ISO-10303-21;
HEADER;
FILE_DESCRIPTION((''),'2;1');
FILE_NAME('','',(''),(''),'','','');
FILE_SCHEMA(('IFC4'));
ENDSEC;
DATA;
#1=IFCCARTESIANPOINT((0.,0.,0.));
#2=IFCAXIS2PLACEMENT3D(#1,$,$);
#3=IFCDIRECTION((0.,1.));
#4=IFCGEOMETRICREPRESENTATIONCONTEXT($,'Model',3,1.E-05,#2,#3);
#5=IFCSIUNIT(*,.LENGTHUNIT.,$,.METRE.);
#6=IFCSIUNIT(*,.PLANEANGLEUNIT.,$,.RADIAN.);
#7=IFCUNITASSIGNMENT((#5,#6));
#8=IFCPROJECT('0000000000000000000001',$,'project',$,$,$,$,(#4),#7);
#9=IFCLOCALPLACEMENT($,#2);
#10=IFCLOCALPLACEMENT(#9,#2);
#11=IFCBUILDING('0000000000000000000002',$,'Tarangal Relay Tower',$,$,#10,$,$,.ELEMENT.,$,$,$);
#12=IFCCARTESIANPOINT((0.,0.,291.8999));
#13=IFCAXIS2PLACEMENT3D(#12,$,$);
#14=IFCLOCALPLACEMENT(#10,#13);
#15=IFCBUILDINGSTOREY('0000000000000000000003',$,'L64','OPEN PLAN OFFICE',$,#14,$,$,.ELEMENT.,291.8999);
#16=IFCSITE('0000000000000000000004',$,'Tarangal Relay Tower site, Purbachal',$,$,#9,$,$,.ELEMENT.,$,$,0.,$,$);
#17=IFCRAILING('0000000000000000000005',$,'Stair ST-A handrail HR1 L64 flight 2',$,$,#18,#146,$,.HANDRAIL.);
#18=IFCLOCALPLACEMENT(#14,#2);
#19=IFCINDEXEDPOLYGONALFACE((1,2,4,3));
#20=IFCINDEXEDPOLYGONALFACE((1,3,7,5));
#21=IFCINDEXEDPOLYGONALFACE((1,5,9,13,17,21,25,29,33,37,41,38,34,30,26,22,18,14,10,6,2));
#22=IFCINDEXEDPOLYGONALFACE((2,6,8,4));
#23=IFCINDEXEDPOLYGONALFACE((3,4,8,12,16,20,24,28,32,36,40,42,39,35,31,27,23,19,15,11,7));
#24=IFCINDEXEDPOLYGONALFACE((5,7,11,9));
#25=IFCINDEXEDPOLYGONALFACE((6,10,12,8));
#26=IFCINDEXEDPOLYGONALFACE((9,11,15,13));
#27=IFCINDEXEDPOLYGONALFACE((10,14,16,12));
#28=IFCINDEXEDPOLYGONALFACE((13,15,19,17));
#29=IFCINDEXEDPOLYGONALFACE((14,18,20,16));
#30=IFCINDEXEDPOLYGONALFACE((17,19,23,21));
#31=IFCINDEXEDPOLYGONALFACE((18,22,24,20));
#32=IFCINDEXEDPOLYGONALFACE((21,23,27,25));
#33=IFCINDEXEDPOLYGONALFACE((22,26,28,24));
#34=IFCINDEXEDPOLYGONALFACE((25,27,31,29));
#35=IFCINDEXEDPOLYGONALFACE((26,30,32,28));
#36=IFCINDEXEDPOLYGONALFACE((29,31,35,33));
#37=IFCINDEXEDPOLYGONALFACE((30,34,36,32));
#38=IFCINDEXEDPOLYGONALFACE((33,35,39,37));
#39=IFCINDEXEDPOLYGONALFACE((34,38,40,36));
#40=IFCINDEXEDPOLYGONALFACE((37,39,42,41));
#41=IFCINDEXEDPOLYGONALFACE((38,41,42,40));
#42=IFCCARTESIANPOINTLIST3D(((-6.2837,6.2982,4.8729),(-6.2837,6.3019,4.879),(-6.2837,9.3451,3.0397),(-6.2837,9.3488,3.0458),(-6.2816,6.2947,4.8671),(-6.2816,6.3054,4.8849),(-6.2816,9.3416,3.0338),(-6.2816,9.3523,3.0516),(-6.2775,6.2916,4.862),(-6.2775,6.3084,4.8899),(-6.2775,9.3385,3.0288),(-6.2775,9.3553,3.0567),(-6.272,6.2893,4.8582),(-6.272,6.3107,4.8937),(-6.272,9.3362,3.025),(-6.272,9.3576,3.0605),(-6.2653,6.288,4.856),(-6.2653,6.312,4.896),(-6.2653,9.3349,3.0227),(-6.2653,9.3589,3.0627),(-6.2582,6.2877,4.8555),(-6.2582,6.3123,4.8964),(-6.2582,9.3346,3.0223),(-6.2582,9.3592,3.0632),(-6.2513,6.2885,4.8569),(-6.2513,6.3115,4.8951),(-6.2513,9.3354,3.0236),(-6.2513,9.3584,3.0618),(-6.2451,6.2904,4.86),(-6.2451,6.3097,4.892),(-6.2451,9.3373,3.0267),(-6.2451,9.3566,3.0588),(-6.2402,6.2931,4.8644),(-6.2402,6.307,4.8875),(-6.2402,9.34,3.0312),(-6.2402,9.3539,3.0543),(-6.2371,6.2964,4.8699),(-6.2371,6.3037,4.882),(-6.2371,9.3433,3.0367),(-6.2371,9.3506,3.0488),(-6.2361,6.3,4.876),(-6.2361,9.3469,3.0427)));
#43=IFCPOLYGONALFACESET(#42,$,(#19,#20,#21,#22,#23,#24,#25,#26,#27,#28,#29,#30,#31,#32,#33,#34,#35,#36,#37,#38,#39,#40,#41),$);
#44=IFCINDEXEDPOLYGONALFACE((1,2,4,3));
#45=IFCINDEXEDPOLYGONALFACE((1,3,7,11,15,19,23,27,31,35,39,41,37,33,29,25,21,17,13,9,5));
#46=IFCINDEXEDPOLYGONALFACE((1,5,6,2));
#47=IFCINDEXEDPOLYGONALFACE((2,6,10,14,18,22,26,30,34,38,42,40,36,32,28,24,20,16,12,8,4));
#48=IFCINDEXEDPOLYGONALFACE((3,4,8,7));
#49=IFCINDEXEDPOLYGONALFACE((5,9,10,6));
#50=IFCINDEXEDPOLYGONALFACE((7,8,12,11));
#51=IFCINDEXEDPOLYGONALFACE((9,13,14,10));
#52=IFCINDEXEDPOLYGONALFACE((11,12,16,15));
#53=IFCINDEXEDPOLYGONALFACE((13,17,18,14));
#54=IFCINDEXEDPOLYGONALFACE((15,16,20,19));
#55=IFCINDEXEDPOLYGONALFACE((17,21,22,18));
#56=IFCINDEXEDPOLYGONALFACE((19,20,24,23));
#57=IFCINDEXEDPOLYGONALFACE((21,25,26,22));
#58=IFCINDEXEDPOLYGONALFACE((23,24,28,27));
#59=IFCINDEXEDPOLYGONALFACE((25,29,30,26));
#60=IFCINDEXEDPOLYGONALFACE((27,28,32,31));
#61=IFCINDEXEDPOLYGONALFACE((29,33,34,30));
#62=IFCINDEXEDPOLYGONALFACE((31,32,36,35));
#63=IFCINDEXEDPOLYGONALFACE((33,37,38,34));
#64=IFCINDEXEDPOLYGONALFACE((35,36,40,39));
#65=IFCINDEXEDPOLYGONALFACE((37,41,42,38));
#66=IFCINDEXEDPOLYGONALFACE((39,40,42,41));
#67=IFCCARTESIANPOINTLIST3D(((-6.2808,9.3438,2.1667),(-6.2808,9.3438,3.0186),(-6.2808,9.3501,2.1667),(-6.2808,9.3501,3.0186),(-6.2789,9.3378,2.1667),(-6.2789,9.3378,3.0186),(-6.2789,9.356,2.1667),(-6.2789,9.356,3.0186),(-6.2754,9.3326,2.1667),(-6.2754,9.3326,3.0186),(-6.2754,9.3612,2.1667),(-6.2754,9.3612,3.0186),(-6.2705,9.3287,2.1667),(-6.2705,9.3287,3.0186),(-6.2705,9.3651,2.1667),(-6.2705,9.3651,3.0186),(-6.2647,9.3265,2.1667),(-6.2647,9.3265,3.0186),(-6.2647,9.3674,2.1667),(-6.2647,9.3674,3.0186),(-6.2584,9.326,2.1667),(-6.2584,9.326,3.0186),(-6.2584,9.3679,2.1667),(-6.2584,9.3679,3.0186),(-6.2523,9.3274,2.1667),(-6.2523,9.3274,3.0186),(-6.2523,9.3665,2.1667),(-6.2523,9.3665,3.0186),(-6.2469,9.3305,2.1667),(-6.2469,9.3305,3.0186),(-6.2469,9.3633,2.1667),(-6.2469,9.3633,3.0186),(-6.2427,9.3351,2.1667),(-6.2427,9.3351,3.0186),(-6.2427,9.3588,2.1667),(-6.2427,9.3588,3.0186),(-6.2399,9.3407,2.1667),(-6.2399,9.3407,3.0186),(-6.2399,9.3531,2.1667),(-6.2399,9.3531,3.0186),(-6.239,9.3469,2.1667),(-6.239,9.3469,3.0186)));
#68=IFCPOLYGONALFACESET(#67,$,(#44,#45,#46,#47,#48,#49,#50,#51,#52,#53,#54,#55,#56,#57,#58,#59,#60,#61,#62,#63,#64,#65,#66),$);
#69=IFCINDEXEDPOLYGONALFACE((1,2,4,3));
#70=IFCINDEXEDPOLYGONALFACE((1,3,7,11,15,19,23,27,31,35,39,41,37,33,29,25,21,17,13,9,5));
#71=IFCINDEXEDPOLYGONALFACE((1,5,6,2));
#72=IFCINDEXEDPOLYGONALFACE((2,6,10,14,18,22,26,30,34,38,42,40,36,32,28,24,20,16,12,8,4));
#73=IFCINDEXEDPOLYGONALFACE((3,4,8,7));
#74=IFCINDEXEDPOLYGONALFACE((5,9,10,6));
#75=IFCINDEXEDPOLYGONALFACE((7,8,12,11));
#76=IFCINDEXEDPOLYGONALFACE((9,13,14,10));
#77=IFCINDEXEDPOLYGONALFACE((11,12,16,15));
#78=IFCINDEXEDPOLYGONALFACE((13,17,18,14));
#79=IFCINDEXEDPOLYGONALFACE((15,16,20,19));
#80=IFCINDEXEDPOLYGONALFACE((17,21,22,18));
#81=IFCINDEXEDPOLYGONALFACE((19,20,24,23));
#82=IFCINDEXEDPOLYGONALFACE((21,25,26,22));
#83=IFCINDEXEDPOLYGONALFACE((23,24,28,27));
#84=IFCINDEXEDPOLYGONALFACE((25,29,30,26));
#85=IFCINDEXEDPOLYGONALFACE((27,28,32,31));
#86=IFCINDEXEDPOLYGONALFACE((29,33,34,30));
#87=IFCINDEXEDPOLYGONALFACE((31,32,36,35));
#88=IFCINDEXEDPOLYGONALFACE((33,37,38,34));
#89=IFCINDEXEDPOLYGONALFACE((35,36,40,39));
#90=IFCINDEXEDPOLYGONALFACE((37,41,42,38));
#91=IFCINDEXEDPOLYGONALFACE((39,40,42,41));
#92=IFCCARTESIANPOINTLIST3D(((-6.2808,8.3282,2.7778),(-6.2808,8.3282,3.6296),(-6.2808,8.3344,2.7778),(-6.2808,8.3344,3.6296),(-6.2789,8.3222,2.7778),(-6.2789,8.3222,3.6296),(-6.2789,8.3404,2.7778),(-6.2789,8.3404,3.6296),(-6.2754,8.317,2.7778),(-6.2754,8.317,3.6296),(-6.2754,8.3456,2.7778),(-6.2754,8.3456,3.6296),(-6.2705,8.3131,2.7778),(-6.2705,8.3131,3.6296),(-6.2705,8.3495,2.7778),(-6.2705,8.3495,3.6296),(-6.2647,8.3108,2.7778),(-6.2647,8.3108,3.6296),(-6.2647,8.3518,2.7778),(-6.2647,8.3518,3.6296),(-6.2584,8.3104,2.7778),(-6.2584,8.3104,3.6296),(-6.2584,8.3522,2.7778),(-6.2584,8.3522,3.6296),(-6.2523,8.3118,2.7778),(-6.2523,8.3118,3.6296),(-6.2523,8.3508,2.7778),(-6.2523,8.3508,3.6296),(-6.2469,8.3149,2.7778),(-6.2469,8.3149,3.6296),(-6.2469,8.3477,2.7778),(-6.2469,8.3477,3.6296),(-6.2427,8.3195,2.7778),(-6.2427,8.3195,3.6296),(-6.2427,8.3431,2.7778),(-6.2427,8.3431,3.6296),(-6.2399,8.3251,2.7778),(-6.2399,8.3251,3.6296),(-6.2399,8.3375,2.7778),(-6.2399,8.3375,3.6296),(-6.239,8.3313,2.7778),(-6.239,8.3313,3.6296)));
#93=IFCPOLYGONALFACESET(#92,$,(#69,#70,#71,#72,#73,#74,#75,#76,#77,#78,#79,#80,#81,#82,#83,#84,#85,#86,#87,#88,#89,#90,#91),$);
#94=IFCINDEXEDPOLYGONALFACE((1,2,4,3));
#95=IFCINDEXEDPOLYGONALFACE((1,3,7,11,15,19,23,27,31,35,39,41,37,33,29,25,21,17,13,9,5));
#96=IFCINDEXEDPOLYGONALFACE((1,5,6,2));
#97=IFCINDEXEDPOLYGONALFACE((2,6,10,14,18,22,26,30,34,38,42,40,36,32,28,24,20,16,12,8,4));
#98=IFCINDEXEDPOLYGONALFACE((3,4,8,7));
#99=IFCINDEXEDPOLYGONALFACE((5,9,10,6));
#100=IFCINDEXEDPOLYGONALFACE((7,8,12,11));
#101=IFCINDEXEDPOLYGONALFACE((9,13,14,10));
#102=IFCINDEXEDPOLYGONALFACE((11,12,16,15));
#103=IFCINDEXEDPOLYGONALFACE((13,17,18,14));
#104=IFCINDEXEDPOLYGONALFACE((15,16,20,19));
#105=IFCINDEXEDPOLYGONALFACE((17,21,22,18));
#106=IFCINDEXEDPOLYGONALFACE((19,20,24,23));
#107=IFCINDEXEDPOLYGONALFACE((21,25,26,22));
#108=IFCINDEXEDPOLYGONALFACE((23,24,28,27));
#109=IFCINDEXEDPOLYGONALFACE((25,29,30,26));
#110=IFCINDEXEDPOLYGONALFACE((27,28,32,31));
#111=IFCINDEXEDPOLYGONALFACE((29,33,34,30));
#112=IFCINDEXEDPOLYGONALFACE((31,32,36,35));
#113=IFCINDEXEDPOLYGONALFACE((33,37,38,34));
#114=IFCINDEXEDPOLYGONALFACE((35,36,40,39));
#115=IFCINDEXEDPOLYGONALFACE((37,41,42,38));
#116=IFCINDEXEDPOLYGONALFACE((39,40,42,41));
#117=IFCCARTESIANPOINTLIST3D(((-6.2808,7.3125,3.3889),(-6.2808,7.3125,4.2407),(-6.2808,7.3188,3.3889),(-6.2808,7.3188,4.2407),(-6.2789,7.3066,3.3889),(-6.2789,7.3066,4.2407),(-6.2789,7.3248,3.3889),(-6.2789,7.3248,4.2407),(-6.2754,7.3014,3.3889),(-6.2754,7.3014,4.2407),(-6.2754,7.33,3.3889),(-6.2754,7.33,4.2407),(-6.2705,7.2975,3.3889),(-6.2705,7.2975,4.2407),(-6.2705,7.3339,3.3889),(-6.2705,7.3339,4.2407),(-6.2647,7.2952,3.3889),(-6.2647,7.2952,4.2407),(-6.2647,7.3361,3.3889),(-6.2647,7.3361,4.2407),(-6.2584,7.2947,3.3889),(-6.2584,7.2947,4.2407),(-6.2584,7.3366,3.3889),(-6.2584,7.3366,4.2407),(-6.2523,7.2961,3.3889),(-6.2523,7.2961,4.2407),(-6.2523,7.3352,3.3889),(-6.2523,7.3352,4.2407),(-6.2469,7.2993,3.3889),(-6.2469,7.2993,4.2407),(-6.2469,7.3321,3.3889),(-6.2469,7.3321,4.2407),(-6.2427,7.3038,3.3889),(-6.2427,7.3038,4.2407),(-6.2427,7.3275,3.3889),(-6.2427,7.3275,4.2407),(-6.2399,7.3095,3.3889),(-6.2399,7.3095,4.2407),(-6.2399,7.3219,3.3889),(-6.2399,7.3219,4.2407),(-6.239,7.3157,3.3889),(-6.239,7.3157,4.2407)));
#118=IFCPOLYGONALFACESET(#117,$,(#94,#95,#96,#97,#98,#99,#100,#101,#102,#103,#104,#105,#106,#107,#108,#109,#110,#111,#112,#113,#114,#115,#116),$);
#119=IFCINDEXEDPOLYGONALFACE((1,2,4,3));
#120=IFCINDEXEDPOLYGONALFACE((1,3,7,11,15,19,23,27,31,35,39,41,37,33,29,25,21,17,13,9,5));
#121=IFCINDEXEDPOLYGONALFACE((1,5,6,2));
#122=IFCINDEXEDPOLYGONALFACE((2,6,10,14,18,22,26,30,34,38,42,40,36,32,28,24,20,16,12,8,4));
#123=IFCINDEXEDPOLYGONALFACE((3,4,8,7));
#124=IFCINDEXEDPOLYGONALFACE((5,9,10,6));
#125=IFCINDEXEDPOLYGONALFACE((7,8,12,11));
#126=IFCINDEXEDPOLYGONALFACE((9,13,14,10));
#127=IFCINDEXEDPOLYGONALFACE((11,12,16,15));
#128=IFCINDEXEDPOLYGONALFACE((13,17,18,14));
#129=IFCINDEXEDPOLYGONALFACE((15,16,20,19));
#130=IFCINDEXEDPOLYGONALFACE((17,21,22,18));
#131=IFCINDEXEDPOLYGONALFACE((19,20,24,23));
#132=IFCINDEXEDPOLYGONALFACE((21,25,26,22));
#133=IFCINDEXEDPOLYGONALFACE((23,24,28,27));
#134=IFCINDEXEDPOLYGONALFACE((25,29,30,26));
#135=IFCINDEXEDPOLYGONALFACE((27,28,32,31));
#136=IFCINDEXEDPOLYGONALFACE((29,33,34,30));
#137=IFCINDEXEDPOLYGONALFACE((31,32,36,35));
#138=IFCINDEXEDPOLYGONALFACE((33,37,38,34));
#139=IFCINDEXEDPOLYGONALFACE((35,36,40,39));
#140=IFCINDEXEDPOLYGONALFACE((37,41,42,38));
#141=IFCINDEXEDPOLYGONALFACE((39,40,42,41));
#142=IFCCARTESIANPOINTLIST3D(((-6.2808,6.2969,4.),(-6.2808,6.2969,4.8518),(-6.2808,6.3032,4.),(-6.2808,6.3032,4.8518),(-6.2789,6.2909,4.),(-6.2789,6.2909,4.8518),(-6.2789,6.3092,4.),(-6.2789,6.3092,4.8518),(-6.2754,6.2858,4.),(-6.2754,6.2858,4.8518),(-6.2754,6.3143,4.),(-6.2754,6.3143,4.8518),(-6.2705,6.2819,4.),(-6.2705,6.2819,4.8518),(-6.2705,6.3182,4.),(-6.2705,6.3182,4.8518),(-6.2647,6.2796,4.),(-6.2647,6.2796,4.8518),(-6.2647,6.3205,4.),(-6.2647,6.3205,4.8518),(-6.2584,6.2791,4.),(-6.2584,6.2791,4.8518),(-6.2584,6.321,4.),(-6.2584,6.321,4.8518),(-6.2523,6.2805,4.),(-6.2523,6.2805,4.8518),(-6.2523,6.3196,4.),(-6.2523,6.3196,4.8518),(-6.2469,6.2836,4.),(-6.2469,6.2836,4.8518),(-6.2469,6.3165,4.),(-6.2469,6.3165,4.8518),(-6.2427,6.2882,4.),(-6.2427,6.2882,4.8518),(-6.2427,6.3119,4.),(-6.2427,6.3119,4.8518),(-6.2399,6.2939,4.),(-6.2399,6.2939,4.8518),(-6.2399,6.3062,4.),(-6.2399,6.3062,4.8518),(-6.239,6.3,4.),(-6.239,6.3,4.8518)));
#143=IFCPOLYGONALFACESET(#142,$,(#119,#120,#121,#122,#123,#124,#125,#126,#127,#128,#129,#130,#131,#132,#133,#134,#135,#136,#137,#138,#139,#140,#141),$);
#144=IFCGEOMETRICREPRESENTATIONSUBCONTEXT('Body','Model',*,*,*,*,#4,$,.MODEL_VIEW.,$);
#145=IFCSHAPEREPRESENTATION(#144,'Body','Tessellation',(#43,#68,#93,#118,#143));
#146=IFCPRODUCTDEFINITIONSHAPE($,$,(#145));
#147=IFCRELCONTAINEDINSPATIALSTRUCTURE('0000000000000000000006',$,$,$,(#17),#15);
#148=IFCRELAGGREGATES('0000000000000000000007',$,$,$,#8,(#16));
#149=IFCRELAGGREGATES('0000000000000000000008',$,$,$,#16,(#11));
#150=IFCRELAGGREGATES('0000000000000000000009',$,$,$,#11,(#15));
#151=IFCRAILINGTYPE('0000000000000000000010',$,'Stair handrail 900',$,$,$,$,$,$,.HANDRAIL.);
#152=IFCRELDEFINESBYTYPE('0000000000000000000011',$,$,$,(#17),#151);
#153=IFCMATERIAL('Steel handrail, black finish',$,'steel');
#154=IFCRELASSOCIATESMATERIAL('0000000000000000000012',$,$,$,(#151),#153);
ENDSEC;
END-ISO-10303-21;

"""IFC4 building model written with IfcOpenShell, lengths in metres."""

from ifc_helpers import new_model, si_unit, direction, frame, origin, origin_2d, place, context, subcontext, project, spatial, circle, extrude, material, type_object, element, save


model = new_model("IFC4")

# Units and contexts
model_context = context("Model", 3, precision=1e-05, world=origin(), true_north=direction((0.0, 1.0)))
body_context = subcontext(model_context, "Body", "Model", "MODEL_VIEW")
ifc_project = project(units=[si_unit("LENGTHUNIT", "METRE"), si_unit("PLANEANGLEUNIT", "RADIAN")], contexts=[model_context])

# Site, building, storey
site_placement = place(None, origin())
site = spatial("IfcSite", under=ifc_project, at=site_placement, Name="Tarangal Relay Tower site, Purbachal", CompositionType="ELEMENT", RefElevation=0.0)
building_placement = place(site_placement, origin())
building = spatial("IfcBuilding", under=site, at=building_placement, Name="Tarangal Relay Tower", CompositionType="ELEMENT")
storey_placement = place(building_placement, frame((0.0, 0.0, 291.8999)))
storey = spatial("IfcBuildingStorey", under=building, at=storey_placement, Name="L64", Description="OPEN PLAN OFFICE", CompositionType="ELEMENT", Elevation=291.8999)

# Railing
ifc_material_1 = material(Name="Steel handrail, black finish", Category="steel")
railing_type_1 = type_object("IfcRailingType", Name="Stair handrail 900", PredefinedType="HANDRAIL", material=ifc_material_1)
railing_1_placement = place(storey_placement, frame((-6.26, 9.3469, 2.1667)))
element("IfcRailing", 1, at=railing_1_placement, inside=storey, type_object=railing_type_1, Name="Stair ST-A handrail HR1 L64 flight 2", PredefinedType="HANDRAIL", context=body_context, shape_type="SweptSolid", body=[
    extrude(circle(Radius=0.0239, at=origin_2d()), frame((0.0, 0.0, 0.876), z_axis=(0.0, -0.856856, 0.515556), x_axis=(1.0, 0.0, 0.0)), (0.0, 0.0, 1.0), 3.5559),
    extrude(circle(Radius=0.021, at=origin_2d()), origin(), (0.0, 0.0, 1.0), 0.8518),
    extrude(circle(Radius=0.021, at=origin_2d()), frame((0.0, -1.0156, 0.6111)), (0.0, 0.0, 1.0), 0.8518),
    extrude(circle(Radius=0.021, at=origin_2d()), frame((0.0, -2.0312, 1.2222)), (0.0, 0.0, 1.0), 0.8518),
    extrude(circle(Radius=0.021, at=origin_2d()), frame((0.0, -3.0469, 1.8333)), (0.0, 0.0, 1.0), 0.8518),
])

save(model, "model.ifc")
